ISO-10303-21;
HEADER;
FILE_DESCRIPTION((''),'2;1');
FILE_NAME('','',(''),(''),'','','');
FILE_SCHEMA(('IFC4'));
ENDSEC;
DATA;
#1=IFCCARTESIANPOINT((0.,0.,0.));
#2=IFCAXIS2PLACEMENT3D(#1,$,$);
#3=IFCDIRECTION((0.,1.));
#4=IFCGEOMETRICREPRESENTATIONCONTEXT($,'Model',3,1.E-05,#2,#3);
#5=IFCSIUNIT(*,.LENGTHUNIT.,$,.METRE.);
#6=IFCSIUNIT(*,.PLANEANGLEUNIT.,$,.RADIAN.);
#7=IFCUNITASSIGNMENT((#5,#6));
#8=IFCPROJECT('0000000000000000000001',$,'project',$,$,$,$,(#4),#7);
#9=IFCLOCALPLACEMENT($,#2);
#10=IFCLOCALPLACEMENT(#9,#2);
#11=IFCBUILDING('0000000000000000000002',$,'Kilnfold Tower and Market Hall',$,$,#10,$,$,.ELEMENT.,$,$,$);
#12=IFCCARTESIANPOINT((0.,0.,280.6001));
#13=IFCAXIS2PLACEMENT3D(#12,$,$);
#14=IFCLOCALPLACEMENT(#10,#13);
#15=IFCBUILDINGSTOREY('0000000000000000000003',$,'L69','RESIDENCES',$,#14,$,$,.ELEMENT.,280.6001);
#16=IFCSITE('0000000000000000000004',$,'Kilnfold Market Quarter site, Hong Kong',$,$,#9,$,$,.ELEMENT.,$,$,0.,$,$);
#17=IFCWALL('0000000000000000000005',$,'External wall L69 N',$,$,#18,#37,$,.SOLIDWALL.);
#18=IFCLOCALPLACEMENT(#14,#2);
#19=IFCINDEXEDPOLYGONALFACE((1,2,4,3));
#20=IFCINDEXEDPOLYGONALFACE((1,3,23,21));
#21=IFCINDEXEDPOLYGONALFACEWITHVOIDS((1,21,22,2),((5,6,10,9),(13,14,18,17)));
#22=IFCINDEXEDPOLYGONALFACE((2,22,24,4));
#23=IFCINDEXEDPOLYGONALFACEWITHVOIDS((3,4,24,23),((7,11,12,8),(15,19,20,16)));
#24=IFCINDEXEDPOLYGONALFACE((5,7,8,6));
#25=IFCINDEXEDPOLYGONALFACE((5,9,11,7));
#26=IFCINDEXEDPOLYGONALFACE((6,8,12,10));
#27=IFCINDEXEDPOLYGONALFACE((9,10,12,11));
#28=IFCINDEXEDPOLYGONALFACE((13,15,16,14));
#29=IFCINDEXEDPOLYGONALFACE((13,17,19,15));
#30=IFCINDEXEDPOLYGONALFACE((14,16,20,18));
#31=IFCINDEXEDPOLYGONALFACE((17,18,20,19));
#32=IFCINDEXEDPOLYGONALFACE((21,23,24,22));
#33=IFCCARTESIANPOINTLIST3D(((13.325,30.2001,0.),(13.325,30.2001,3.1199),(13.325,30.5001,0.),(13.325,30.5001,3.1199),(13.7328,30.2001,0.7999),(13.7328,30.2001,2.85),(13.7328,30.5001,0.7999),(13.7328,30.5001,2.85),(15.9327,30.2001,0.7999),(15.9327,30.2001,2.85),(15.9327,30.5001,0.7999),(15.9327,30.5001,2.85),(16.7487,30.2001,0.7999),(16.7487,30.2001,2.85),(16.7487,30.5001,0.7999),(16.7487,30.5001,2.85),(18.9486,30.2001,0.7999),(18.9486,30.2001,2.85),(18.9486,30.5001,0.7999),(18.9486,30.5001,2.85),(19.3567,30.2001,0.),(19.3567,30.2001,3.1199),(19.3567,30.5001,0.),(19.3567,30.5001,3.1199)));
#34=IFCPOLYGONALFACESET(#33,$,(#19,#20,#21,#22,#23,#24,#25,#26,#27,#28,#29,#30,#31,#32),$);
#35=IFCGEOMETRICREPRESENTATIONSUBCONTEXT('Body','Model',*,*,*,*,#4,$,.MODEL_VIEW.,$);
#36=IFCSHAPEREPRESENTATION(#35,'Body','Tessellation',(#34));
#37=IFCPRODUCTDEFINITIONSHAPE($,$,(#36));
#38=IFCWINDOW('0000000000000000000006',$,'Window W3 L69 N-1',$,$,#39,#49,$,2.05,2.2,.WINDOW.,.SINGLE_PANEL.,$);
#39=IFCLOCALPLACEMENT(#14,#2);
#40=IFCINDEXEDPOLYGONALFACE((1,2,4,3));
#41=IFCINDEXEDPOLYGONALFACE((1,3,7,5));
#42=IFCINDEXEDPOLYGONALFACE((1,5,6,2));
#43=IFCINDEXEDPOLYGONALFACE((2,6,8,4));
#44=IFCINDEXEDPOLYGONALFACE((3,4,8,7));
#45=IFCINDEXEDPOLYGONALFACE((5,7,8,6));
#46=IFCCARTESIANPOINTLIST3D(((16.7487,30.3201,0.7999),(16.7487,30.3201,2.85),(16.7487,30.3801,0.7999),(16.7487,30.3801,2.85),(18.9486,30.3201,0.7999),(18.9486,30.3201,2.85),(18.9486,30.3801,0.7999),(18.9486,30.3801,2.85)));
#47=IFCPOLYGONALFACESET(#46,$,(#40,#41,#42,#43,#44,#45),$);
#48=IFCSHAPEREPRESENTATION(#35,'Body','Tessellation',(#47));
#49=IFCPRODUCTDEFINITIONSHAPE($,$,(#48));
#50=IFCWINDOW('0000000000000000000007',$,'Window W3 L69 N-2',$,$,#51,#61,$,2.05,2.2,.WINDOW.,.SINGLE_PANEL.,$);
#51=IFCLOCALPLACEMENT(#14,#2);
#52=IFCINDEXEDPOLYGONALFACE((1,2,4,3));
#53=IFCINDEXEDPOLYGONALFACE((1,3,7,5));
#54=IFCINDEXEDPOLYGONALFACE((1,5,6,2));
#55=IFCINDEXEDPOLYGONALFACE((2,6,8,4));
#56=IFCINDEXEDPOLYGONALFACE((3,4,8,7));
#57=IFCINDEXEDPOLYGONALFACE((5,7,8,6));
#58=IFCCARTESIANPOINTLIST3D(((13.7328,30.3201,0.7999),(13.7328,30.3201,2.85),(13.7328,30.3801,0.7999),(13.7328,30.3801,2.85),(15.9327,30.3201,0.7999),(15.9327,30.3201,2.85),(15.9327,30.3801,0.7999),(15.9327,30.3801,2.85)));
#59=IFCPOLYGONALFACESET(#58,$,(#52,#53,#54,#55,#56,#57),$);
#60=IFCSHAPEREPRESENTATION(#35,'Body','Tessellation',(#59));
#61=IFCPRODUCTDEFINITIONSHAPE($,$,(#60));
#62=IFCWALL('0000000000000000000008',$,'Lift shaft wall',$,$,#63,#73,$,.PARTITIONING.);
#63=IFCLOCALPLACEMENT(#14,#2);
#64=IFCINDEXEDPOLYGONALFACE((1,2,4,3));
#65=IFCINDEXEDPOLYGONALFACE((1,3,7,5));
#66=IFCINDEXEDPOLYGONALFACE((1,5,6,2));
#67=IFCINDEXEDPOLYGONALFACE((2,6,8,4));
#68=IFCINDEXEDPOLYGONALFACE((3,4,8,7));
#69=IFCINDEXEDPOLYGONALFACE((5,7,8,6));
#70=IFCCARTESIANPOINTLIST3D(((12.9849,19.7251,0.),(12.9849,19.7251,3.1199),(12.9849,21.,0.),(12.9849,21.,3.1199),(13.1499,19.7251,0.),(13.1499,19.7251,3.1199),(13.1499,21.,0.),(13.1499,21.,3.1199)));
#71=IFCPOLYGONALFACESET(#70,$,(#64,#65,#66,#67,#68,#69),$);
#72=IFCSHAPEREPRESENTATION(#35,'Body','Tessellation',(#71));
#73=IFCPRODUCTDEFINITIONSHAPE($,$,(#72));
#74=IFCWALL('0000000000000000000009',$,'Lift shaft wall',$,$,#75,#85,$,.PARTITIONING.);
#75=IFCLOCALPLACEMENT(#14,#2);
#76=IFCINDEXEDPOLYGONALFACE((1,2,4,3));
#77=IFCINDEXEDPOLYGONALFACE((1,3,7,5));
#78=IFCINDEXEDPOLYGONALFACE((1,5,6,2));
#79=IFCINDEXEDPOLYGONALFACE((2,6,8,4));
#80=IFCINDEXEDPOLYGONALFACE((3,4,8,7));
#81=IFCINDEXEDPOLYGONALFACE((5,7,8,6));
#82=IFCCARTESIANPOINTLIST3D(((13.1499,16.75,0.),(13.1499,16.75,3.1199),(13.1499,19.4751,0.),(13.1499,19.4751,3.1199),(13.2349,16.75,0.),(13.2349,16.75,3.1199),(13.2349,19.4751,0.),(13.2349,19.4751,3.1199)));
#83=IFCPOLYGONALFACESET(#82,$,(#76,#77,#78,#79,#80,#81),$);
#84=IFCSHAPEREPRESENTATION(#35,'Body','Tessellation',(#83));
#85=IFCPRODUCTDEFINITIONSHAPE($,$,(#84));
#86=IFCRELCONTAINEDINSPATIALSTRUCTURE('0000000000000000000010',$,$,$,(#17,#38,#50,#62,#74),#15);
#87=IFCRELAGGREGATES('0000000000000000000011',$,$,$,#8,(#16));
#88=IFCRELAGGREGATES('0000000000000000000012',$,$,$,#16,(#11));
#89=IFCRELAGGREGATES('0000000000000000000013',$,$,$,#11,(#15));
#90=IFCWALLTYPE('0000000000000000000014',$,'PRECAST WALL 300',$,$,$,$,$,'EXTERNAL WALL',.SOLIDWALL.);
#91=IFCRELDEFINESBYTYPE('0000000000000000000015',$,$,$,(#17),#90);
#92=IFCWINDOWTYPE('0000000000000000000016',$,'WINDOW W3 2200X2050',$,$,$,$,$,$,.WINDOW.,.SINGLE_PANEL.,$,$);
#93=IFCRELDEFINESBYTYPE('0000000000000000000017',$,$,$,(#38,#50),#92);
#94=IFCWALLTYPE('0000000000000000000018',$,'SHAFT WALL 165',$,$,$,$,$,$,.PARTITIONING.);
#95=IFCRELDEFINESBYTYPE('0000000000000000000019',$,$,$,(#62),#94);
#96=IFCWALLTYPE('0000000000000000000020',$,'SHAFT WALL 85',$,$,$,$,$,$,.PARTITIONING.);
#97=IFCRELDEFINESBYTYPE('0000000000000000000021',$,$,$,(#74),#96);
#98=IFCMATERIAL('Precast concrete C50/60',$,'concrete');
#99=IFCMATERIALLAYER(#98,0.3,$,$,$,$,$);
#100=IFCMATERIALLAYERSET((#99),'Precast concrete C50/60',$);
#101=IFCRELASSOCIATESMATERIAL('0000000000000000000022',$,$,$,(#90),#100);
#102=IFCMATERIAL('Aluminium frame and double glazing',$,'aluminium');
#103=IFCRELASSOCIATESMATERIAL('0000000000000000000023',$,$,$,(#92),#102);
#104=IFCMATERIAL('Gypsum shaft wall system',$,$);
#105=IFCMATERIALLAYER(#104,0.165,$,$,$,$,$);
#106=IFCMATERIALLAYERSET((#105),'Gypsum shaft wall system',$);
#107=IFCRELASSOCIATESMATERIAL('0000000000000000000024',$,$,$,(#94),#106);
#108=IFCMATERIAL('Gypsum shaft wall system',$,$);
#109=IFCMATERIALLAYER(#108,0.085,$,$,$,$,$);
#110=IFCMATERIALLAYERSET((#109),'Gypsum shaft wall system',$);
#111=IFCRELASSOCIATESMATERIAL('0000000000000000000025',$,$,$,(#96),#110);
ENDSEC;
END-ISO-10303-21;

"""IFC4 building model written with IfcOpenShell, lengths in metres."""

from ifc_helpers import new_model, si_unit, direction, frame, frame_2d, origin, place, context, subcontext, project, spatial, rectangle, extrude, source, transform, mapped, material, layer, layer_set, type_object, element, fill, save


model = new_model("IFC4")

# Units and contexts
model_context = context("Model", 3, precision=1e-05, world=origin(), true_north=direction((0.0, 1.0)))
body_context = subcontext(model_context, "Body", "Model", "MODEL_VIEW")
ifc_project = project(units=[si_unit("LENGTHUNIT", "METRE"), si_unit("PLANEANGLEUNIT", "RADIAN")], contexts=[model_context])

# Site, building, storey
site_placement = place(None, origin())
site = spatial("IfcSite", under=ifc_project, at=site_placement, Name="Kilnfold Market Quarter site, Hong Kong", CompositionType="ELEMENT", RefElevation=0.0)
building_placement = place(site_placement, origin())
building = spatial("IfcBuilding", under=site, at=building_placement, Name="Kilnfold Tower and Market Hall", CompositionType="ELEMENT")
storey_placement = place(building_placement, frame((0.0, 0.0, 280.6001)))
storey = spatial("IfcBuildingStorey", under=building, at=storey_placement, Name="L69", Description="RESIDENCES", CompositionType="ELEMENT", Elevation=280.6001)

# Shared definitions
ifc_material_1 = material(Name="Precast concrete C50/60", Category="concrete")
ifc_layer_1 = layer(ifc_material_1, 0.3)
ifc_layer_set_1 = layer_set([ifc_layer_1], Name="Precast concrete C50/60")
wall_type_1 = type_object("IfcWallType", Name="PRECAST WALL 300", ElementType="EXTERNAL WALL", PredefinedType="SOLIDWALL", material=ifc_layer_set_1)
ifc_material_2 = material(Name="Aluminium frame and double glazing", Category="aluminium")
window_type_1 = type_object("IfcWindowType", Name="WINDOW W3 2200X2050", PartitioningType="SINGLE_PANEL", PredefinedType="WINDOW", material=ifc_material_2)

# Wall, openings, windows
shared_shape_1 = source(origin(), body_context, "Body", "SweptSolid", [
    extrude(rectangle(XDim=6.0317, YDim=0.3, at=frame_2d((3.0159, 0.0))), origin(), (0.0, 0.0, 1.0), 3.1199),
])
wall_1_placement = place(storey_placement, frame((19.3567, 30.3501, 0.0), z_axis=(0.0, 0.0, 1.0), x_axis=(-1.0, 0.0, 0.0)))
wall_1 = element("IfcWall", 1, at=wall_1_placement, inside=storey, type_object=wall_type_1, Name="External wall L69 N", PredefinedType="SOLIDWALL", context=body_context, shape_type="MappedRepresentation", body=[
    mapped(shared_shape_1, transform((0.0, 0.0, 0.0))),
])
opening_1_placement = place(wall_1_placement, frame((0.408, 0.0, 0.8)))
opening_1 = element("IfcOpeningElement", 2, at=opening_1_placement, cuts=wall_1, PredefinedType="OPENING", context=body_context, shape_type="SweptSolid", body=[
    extrude(rectangle(XDim=2.2, YDim=2.05, at=frame_2d((1.1001, 1.0249))), frame((0.0, 0.1602, 0.0), z_axis=(0.0, -1.0, 0.0), x_axis=(1.0, 0.0, 0.0)), (0.0, 0.0, 1.0), 0.3201),
])
opening_2_placement = place(wall_1_placement, frame((3.4238, 0.0, 0.8)))
opening_2 = element("IfcOpeningElement", 3, at=opening_2_placement, cuts=wall_1, PredefinedType="OPENING", context=body_context, shape_type="SweptSolid", body=[
    extrude(rectangle(XDim=2.2, YDim=2.05, at=frame_2d((1.1001, 1.0249))), frame((0.0, 0.1602, 0.0), z_axis=(0.0, -1.0, 0.0), x_axis=(1.0, 0.0, 0.0)), (0.0, 0.0, 1.0), 0.3201),
])
window_1_placement = place(opening_1_placement, origin())
window_1 = element("IfcWindow", 4, at=window_1_placement, inside=storey, type_object=window_type_1, Name="Window W3 L69 N-1", OverallHeight=2.05, OverallWidth=2.2, PartitioningType="SINGLE_PANEL", PredefinedType="WINDOW", context=body_context, shape_type="SweptSolid", body=[
    extrude(rectangle(XDim=2.2, YDim=2.05, at=frame_2d((1.1001, 1.0249))), frame((0.0, 0.03, 0.0), z_axis=(0.0, -1.0, 0.0), x_axis=(1.0, 0.0, 0.0)), (0.0, 0.0, 1.0), 0.0601),
])
fill(opening_1, window_1)
window_2_placement = place(opening_2_placement, origin())
window_2 = element("IfcWindow", 5, at=window_2_placement, inside=storey, type_object=window_type_1, Name="Window W3 L69 N-2", OverallHeight=2.05, OverallWidth=2.2, PartitioningType="SINGLE_PANEL", PredefinedType="WINDOW", context=body_context, shape_type="SweptSolid", body=[
    extrude(rectangle(XDim=2.2, YDim=2.05, at=frame_2d((1.1001, 1.0249))), frame((0.0, 0.03, 0.0), z_axis=(0.0, -1.0, 0.0), x_axis=(1.0, 0.0, 0.0)), (0.0, 0.0, 1.0), 0.0601),
])
fill(opening_2, window_2)

# Walls
ifc_material_3 = material(Name="Gypsum shaft wall system")
ifc_layer_2 = layer(ifc_material_3, 0.165)
ifc_layer_set_2 = layer_set([ifc_layer_2], Name="Gypsum shaft wall system")
wall_type_2 = type_object("IfcWallType", Name="SHAFT WALL 165", PredefinedType="PARTITIONING", material=ifc_layer_set_2)
shared_shape_2 = source(origin(), body_context, "Body", "SweptSolid", [
    extrude(rectangle(XDim=1.2749, YDim=0.165, at=frame_2d((0.6375, 0.0))), origin(), (0.0, 0.0, 1.0), 3.1199),
])
wall_2_placement = place(storey_placement, frame((13.0674, 19.7251, 0.0), z_axis=(0.0, 0.0, 1.0), x_axis=(0.0, 1.0, 0.0)))
element("IfcWall", 6, at=wall_2_placement, inside=storey, type_object=wall_type_2, Name="Lift shaft wall", PredefinedType="PARTITIONING", context=body_context, shape_type="MappedRepresentation", body=[
    mapped(shared_shape_2, transform((0.0, 0.0, 0.0))),
])
ifc_material_4 = material(Name="Gypsum shaft wall system")
ifc_layer_3 = layer(ifc_material_4, 0.085)
ifc_layer_set_3 = layer_set([ifc_layer_3], Name="Gypsum shaft wall system")
wall_type_3 = type_object("IfcWallType", Name="SHAFT WALL 85", PredefinedType="PARTITIONING", material=ifc_layer_set_3)
shared_shape_3 = source(origin(), body_context, "Body", "SweptSolid", [
    extrude(rectangle(XDim=2.7251, YDim=0.085, at=frame_2d((1.3625, 0.0))), origin(), (0.0, 0.0, 1.0), 3.1199),
])
wall_3_placement = place(storey_placement, frame((13.1924, 16.75, 0.0), z_axis=(0.0, 0.0, 1.0), x_axis=(0.0, 1.0, 0.0)))
element("IfcWall", 7, at=wall_3_placement, inside=storey, type_object=wall_type_3, Name="Lift shaft wall", PredefinedType="PARTITIONING", context=body_context, shape_type="MappedRepresentation", body=[
    mapped(shared_shape_3, transform((0.0, 0.0, 0.0))),
])

save(model, "model.ifc")
